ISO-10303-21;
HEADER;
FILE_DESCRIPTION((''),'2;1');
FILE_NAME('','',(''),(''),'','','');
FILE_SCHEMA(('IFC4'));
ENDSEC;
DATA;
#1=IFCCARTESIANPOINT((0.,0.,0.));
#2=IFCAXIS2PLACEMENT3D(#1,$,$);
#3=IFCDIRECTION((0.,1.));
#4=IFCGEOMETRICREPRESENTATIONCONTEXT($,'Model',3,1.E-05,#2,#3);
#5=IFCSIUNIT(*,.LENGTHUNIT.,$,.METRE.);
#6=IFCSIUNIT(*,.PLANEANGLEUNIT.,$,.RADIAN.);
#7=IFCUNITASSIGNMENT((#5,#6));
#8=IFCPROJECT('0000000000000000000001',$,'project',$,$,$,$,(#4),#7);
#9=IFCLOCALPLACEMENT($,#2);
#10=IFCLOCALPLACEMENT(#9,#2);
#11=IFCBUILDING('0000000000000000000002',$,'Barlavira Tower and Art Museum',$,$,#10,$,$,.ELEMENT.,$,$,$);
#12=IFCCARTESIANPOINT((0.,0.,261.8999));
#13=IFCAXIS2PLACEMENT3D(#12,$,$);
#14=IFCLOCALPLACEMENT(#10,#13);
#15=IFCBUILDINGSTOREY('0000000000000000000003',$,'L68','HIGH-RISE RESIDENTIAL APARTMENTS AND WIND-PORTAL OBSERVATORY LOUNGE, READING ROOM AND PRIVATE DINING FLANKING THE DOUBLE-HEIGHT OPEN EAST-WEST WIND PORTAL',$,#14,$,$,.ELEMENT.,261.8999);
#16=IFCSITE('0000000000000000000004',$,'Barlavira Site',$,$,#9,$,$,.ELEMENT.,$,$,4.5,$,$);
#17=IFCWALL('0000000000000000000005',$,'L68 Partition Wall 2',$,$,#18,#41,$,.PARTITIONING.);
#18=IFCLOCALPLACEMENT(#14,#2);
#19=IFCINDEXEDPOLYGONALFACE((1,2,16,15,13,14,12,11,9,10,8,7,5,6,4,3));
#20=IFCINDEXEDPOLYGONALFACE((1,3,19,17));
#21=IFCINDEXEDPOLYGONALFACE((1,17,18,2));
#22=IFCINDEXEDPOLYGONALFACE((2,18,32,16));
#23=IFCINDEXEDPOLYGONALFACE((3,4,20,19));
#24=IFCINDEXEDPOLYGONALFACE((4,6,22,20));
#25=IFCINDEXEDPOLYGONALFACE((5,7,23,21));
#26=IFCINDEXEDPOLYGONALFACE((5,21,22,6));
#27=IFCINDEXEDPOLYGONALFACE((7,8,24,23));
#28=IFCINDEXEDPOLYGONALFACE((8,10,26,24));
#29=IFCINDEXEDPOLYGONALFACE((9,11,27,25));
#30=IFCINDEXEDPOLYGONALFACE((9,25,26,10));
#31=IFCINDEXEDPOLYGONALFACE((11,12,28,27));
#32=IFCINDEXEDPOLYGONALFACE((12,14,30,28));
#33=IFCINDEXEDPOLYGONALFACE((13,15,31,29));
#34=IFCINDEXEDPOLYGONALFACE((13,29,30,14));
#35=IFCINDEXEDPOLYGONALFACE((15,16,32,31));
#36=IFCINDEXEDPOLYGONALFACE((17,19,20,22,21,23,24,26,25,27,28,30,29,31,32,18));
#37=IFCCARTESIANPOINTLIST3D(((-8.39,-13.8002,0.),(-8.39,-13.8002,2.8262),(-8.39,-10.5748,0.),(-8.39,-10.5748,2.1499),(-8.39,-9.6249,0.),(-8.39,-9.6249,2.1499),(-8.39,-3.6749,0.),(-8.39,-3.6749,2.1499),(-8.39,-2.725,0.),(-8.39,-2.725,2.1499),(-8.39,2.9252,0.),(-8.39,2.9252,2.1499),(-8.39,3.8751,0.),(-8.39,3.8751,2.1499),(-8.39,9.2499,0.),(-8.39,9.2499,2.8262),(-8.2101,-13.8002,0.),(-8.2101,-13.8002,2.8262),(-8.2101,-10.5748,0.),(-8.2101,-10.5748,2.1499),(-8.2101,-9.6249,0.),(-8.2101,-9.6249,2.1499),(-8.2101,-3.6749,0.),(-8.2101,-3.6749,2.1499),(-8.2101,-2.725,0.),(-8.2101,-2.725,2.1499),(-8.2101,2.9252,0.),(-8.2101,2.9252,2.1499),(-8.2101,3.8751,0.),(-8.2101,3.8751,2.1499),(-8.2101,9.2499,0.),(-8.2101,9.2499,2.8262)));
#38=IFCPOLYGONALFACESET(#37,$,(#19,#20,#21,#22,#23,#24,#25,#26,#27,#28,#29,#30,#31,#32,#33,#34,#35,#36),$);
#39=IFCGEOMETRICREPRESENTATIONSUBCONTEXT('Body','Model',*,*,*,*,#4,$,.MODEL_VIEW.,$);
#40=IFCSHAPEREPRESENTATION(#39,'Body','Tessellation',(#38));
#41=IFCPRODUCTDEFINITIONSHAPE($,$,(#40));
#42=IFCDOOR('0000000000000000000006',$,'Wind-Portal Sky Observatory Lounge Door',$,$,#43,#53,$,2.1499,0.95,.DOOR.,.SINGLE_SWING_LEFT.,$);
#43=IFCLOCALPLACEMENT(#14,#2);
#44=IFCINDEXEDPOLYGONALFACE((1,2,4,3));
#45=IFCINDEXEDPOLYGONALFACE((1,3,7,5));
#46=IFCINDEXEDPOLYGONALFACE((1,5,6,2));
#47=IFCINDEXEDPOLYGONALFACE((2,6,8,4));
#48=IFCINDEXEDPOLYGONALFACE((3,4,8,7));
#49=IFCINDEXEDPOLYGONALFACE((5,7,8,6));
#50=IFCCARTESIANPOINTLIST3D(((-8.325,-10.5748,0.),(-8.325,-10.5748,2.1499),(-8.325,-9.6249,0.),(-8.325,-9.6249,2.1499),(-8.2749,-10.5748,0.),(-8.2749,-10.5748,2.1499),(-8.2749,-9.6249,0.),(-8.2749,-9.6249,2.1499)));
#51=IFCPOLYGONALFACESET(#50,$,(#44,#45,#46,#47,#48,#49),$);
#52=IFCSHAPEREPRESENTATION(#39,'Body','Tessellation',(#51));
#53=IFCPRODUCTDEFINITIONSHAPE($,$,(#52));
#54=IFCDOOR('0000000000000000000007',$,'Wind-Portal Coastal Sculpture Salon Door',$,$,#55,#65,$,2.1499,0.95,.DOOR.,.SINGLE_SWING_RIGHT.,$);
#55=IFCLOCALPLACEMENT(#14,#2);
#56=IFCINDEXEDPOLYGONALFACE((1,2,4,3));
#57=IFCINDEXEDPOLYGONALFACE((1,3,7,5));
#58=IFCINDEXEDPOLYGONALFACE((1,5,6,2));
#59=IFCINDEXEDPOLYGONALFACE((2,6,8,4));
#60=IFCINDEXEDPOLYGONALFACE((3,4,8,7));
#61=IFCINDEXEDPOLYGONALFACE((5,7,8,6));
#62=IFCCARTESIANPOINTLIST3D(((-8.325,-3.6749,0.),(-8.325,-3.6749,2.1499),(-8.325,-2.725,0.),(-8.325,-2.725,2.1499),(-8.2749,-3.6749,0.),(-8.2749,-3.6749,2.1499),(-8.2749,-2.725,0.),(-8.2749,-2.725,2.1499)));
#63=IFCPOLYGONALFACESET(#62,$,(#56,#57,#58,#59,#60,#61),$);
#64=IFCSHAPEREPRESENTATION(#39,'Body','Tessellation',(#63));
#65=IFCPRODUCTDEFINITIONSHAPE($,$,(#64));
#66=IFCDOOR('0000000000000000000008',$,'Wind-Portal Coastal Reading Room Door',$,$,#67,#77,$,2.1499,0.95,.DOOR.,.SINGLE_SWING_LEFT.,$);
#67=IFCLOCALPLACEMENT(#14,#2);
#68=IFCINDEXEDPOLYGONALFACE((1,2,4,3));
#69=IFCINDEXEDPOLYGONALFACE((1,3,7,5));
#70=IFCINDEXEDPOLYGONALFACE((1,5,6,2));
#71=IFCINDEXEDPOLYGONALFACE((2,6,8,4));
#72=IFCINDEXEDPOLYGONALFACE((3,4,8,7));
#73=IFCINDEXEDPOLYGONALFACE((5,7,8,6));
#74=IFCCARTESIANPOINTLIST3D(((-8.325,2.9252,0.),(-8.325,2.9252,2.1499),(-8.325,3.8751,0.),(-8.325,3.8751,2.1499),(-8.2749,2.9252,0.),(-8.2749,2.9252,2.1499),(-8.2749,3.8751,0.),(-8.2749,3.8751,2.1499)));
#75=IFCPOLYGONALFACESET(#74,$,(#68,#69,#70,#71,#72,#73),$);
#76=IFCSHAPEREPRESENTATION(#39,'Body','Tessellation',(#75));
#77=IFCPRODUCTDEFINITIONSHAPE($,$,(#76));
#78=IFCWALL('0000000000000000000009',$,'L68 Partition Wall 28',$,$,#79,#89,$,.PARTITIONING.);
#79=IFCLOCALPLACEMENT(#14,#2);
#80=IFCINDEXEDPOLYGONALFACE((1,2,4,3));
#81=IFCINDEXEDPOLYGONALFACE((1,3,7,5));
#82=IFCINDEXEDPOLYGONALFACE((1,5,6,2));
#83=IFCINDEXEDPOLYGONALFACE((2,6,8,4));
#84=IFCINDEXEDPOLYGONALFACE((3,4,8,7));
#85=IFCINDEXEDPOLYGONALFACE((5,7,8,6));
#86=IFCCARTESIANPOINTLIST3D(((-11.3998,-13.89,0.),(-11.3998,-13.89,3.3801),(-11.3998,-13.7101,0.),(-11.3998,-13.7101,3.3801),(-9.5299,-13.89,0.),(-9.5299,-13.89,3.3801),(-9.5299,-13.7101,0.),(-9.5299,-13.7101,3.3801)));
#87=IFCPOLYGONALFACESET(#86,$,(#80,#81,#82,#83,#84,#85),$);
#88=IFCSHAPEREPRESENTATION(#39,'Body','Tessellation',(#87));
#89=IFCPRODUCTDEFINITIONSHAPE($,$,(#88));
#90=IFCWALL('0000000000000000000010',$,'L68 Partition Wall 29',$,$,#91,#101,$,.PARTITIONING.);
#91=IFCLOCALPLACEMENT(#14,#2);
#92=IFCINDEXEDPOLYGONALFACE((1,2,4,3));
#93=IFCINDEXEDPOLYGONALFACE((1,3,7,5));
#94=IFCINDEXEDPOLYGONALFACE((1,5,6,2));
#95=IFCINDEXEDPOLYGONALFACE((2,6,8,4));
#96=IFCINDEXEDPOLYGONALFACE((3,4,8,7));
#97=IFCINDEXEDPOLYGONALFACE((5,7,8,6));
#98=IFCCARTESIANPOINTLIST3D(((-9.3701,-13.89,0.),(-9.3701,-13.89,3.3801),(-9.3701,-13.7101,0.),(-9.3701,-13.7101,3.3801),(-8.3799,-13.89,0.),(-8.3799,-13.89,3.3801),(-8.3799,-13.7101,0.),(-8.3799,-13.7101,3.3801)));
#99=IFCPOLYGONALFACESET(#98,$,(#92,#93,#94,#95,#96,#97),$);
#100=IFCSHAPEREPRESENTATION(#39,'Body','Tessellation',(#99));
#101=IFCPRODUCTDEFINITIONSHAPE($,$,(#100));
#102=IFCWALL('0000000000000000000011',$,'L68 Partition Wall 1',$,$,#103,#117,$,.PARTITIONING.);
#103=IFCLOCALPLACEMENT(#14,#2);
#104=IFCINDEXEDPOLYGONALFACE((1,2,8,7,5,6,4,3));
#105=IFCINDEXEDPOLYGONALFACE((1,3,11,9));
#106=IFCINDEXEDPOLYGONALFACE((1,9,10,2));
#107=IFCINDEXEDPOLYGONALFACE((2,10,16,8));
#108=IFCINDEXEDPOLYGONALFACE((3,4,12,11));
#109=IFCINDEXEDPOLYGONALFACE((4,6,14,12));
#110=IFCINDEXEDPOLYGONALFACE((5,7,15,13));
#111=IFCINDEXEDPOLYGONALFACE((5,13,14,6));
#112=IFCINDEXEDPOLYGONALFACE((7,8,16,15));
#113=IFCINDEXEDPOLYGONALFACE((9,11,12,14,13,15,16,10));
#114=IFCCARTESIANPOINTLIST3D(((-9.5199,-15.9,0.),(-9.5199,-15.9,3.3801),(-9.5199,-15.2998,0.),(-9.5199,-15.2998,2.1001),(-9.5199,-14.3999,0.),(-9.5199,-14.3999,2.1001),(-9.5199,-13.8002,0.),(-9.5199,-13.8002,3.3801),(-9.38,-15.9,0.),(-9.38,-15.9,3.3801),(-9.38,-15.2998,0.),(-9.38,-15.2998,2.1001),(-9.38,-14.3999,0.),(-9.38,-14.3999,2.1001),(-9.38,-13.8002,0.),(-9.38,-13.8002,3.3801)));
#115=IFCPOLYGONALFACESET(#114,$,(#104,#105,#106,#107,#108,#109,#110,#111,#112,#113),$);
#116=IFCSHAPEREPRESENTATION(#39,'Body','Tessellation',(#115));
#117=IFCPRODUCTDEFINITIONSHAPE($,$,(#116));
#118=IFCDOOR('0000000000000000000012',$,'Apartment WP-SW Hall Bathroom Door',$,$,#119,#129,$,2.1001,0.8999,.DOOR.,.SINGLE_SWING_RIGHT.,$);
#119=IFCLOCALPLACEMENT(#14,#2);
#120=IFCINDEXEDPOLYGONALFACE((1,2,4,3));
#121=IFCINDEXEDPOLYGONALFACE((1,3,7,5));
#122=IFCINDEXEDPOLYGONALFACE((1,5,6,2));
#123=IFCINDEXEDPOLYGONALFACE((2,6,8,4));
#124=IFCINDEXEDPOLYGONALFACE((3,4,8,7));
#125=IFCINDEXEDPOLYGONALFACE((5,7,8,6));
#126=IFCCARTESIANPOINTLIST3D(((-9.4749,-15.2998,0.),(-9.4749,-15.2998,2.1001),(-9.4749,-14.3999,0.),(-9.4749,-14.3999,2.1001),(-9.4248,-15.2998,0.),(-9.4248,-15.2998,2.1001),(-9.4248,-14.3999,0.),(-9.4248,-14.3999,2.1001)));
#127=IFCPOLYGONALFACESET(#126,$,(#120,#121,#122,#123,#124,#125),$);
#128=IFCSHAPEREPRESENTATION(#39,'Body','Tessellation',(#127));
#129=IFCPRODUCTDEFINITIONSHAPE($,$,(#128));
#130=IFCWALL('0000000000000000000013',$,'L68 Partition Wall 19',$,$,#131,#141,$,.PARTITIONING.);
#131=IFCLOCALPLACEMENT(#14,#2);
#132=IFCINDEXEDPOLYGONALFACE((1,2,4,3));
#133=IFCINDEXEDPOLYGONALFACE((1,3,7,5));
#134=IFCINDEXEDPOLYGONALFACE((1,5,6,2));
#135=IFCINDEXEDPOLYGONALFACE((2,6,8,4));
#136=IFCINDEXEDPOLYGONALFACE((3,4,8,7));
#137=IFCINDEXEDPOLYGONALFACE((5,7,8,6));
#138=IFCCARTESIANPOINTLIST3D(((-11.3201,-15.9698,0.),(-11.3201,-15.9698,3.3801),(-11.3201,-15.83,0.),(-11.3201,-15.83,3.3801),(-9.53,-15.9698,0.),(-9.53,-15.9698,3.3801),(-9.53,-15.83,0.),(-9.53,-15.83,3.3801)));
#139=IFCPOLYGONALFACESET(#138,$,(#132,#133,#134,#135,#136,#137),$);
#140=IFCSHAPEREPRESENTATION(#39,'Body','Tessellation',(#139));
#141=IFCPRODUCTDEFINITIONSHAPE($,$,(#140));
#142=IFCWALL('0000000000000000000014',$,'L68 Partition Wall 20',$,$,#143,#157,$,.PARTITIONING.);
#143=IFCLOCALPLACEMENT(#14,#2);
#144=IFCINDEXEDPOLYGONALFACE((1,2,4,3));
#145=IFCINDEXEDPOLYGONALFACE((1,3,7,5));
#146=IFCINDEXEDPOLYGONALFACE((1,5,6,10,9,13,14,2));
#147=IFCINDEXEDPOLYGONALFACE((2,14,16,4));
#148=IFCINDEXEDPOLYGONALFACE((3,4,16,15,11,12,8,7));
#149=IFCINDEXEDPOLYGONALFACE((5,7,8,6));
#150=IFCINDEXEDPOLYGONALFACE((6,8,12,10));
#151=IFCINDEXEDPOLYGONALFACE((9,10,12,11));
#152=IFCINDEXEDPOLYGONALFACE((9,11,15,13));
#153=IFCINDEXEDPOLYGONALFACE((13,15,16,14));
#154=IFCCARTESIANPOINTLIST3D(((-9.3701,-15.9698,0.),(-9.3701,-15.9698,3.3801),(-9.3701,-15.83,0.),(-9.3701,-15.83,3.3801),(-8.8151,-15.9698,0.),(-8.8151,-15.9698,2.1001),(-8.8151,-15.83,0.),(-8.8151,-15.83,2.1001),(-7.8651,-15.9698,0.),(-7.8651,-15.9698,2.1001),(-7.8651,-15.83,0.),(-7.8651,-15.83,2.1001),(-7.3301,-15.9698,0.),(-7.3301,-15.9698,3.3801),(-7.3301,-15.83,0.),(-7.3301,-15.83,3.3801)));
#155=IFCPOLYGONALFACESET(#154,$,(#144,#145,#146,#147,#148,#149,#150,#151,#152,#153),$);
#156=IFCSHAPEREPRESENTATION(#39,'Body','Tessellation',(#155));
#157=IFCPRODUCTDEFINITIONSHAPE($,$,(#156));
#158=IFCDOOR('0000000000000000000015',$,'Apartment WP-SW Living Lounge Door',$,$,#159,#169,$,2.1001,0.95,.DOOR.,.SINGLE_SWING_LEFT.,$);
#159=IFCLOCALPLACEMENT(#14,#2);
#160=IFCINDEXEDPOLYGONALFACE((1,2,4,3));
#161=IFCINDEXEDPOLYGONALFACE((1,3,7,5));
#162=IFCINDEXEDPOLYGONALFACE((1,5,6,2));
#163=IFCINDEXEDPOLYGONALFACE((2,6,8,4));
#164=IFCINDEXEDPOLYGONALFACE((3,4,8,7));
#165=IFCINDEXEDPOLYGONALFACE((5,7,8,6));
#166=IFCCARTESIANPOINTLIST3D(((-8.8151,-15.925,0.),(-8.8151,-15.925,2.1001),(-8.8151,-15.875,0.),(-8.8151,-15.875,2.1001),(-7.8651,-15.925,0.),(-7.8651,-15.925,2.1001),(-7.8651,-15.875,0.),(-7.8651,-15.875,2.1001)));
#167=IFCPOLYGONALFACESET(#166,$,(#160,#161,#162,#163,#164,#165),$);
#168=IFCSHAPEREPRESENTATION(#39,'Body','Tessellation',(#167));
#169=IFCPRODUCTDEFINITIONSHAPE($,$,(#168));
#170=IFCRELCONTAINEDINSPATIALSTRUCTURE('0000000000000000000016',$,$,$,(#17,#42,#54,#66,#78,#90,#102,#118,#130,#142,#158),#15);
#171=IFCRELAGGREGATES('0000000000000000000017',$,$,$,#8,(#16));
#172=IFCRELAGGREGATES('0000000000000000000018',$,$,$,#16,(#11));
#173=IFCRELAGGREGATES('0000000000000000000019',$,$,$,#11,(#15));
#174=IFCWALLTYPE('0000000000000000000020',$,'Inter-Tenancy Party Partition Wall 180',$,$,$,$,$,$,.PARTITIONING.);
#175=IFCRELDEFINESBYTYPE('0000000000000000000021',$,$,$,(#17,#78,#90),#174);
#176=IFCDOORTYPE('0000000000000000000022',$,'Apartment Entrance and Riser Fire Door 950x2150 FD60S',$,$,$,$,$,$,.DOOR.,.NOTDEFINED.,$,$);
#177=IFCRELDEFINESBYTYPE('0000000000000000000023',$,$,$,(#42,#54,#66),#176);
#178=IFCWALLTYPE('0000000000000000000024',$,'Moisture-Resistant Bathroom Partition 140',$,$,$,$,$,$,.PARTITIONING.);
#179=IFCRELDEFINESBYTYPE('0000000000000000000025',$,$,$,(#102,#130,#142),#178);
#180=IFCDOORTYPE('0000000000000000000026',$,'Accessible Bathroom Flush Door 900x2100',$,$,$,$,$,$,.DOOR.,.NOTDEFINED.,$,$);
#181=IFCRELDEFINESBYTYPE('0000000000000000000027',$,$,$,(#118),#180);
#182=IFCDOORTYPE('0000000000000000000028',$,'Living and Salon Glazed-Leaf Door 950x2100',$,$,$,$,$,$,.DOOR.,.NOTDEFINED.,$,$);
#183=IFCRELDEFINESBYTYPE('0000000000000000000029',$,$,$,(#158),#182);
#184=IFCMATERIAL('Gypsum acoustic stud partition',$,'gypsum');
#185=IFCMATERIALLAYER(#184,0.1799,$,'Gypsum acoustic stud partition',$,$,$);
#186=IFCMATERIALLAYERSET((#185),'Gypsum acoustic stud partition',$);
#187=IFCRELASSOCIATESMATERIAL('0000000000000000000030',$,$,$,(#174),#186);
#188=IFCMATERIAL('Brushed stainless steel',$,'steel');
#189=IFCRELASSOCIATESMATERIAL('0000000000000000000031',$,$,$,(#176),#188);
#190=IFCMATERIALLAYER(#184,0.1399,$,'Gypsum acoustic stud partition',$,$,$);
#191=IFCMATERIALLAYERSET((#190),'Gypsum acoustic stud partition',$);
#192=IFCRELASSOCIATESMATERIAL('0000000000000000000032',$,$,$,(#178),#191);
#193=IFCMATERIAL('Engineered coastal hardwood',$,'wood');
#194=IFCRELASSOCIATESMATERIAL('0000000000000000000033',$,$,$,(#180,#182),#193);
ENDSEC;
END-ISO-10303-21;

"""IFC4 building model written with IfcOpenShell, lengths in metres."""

from ifc_helpers import new_model, si_unit, direction, frame, frame_2d, origin, place, context, subcontext, project, spatial, rectangle, extrude, material, layer, layer_set, type_object, element, fill, save


model = new_model("IFC4")

# Units and contexts
model_context = context("Model", 3, precision=1e-05, world=origin(), true_north=direction((0.0, 1.0)))
body_context = subcontext(model_context, "Body", "Model", "MODEL_VIEW")
ifc_project = project(units=[si_unit("LENGTHUNIT", "METRE"), si_unit("PLANEANGLEUNIT", "RADIAN")], contexts=[model_context])

# Site, building, storey
site_placement = place(None, origin())
site = spatial("IfcSite", under=ifc_project, at=site_placement, Name="Barlavira Site", CompositionType="ELEMENT", RefElevation=4.5)
building_placement = place(site_placement, origin())
building = spatial("IfcBuilding", under=site, at=building_placement, Name="Barlavira Tower and Art Museum", CompositionType="ELEMENT")
storey_placement = place(building_placement, frame((0.0, 0.0, 261.8999)))
storey = spatial("IfcBuildingStorey", under=building, at=storey_placement, Name="L68", Description="HIGH-RISE RESIDENTIAL APARTMENTS AND WIND-PORTAL OBSERVATORY LOUNGE, READING ROOM AND PRIVATE DINING FLANKING THE DOUBLE-HEIGHT OPEN EAST-WEST WIND PORTAL", CompositionType="ELEMENT", Elevation=261.8999)

# Wall, openings, doors
ifc_material_1 = material(Name="Gypsum acoustic stud partition", Category="gypsum")
ifc_layer_1 = layer(ifc_material_1, 0.1799, Name="Gypsum acoustic stud partition")
ifc_layer_set_1 = layer_set([ifc_layer_1], Name="Gypsum acoustic stud partition")
wall_type_1 = type_object("IfcWallType", Name="Inter-Tenancy Party Partition Wall 180", PredefinedType="PARTITIONING", material=ifc_layer_set_1)
wall_1_placement = place(storey_placement, frame((-8.3, -13.8, 0.0), z_axis=(0.0, 0.0, 1.0), x_axis=(0.0, 1.0, 0.0)))
wall_1 = element("IfcWall", 1, at=wall_1_placement, inside=storey, type_object=wall_type_1, Name="L68 Partition Wall 2", PredefinedType="PARTITIONING", context=body_context, shape_type="SweptSolid", body=[
    extrude(rectangle(XDim=23.05, YDim=0.1799, at=frame_2d((11.5249, 0.0))), origin(), (0.0, 0.0, 1.0), 2.8262),
])
opening_1_placement = place(wall_1_placement, frame((3.2251, 0.0, 0.0)))
opening_1 = element("IfcOpeningElement", 2, at=opening_1_placement, cuts=wall_1, PredefinedType="OPENING", context=body_context, shape_type="SweptSolid", body=[
    extrude(rectangle(XDim=0.95, YDim=2.1499, at=frame_2d((0.4751, 1.075))), frame((0.0, 0.1001, 0.0), z_axis=(0.0, -1.0, 0.0), x_axis=(1.0, 0.0, 0.0)), (0.0, 0.0, 1.0), 0.2),
])
opening_2_placement = place(wall_1_placement, frame((10.125, 0.0, 0.0)))
opening_2 = element("IfcOpeningElement", 3, at=opening_2_placement, cuts=wall_1, PredefinedType="OPENING", context=body_context, shape_type="SweptSolid", body=[
    extrude(rectangle(XDim=0.95, YDim=2.1499, at=frame_2d((0.4751, 1.075))), frame((0.0, 0.1001, 0.0), z_axis=(0.0, -1.0, 0.0), x_axis=(1.0, 0.0, 0.0)), (0.0, 0.0, 1.0), 0.2),
])
opening_3_placement = place(wall_1_placement, frame((16.7251, 0.0, 0.0)))
opening_3 = element("IfcOpeningElement", 4, at=opening_3_placement, cuts=wall_1, PredefinedType="OPENING", context=body_context, shape_type="SweptSolid", body=[
    extrude(rectangle(XDim=0.95, YDim=2.1499, at=frame_2d((0.4751, 1.075))), frame((0.0, 0.1001, 0.0), z_axis=(0.0, -1.0, 0.0), x_axis=(1.0, 0.0, 0.0)), (0.0, 0.0, 1.0), 0.2),
])
ifc_material_2 = material(Name="Brushed stainless steel", Category="steel")
door_type_1 = type_object("IfcDoorType", Name="Apartment Entrance and Riser Fire Door 950x2150 FD60S", OperationType="NOTDEFINED", PredefinedType="DOOR", material=ifc_material_2)
door_1_placement = place(opening_1_placement, origin())
door_1 = element("IfcDoor", 5, at=door_1_placement, inside=storey, type_object=door_type_1, Name="Wind-Portal Sky Observatory Lounge Door", OperationType="SINGLE_SWING_LEFT", OverallHeight=2.1499, OverallWidth=0.95, PredefinedType="DOOR", context=body_context, shape_type="SweptSolid", body=[
    extrude(rectangle(XDim=0.95, YDim=2.1499, at=frame_2d((0.4751, 1.075))), frame((0.0, 0.0249, 0.0), z_axis=(0.0, -1.0, 0.0), x_axis=(1.0, 0.0, 0.0)), (0.0, 0.0, 1.0), 0.05),
])
fill(opening_1, door_1)
door_2_placement = place(opening_2_placement, origin())
door_2 = element("IfcDoor", 6, at=door_2_placement, inside=storey, type_object=door_type_1, Name="Wind-Portal Coastal Sculpture Salon Door", OperationType="SINGLE_SWING_RIGHT", OverallHeight=2.1499, OverallWidth=0.95, PredefinedType="DOOR", context=body_context, shape_type="SweptSolid", body=[
    extrude(rectangle(XDim=0.95, YDim=2.1499, at=frame_2d((0.4751, 1.075))), frame((0.0, 0.0249, 0.0), z_axis=(0.0, -1.0, 0.0), x_axis=(1.0, 0.0, 0.0)), (0.0, 0.0, 1.0), 0.05),
])
fill(opening_2, door_2)
door_3_placement = place(opening_3_placement, origin())
door_3 = element("IfcDoor", 7, at=door_3_placement, inside=storey, type_object=door_type_1, Name="Wind-Portal Coastal Reading Room Door", OperationType="SINGLE_SWING_LEFT", OverallHeight=2.1499, OverallWidth=0.95, PredefinedType="DOOR", context=body_context, shape_type="SweptSolid", body=[
    extrude(rectangle(XDim=0.95, YDim=2.1499, at=frame_2d((0.4751, 1.075))), frame((0.0, 0.0249, 0.0), z_axis=(0.0, -1.0, 0.0), x_axis=(1.0, 0.0, 0.0)), (0.0, 0.0, 1.0), 0.05),
])
fill(opening_3, door_3)

# Walls
wall_2_placement = place(storey_placement, frame((-11.3999, -13.8, 0.0), z_axis=(0.0, 0.0, 1.0), x_axis=(1.0, 0.0, 0.0)))
element("IfcWall", 8, at=wall_2_placement, inside=storey, type_object=wall_type_1, Name="L68 Partition Wall 28", PredefinedType="PARTITIONING", context=body_context, shape_type="SweptSolid", body=[
    extrude(rectangle(XDim=1.8699, YDim=0.1799, at=frame_2d((0.9351, 0.0))), origin(), (0.0, 0.0, 1.0), 3.3801),
])
wall_3_placement = place(storey_placement, frame((-9.3701, -13.8, 0.0), z_axis=(0.0, 0.0, 1.0), x_axis=(1.0, 0.0, 0.0)))
element("IfcWall", 9, at=wall_3_placement, inside=storey, type_object=wall_type_1, Name="L68 Partition Wall 29", PredefinedType="PARTITIONING", context=body_context, shape_type="SweptSolid", body=[
    extrude(rectangle(XDim=0.9902, YDim=0.1799, at=frame_2d((0.4951, 0.0))), origin(), (0.0, 0.0, 1.0), 3.3801),
])

# Wall, opening, door
ifc_layer_2 = layer(ifc_material_1, 0.1399, Name="Gypsum acoustic stud partition")
ifc_layer_set_2 = layer_set([ifc_layer_2], Name="Gypsum acoustic stud partition")
wall_type_2 = type_object("IfcWallType", Name="Moisture-Resistant Bathroom Partition 140", PredefinedType="PARTITIONING", material=ifc_layer_set_2)
wall_4_placement = place(storey_placement, frame((-9.45, -15.8999, 0.0), z_axis=(0.0, 0.0, 1.0), x_axis=(0.0, 1.0, 0.0)))
wall_4 = element("IfcWall", 10, at=wall_4_placement, inside=storey, type_object=wall_type_2, Name="L68 Partition Wall 1", PredefinedType="PARTITIONING", context=body_context, shape_type="SweptSolid", body=[
    extrude(rectangle(XDim=2.0999, YDim=0.1399, at=frame_2d((1.0498, 0.0))), origin(), (0.0, 0.0, 1.0), 3.3801),
])
opening_4_placement = place(wall_4_placement, frame((0.6001, 0.0, 0.0)))
opening_4 = element("IfcOpeningElement", 11, at=opening_4_placement, cuts=wall_4, PredefinedType="OPENING", context=body_context, shape_type="SweptSolid", body=[
    extrude(rectangle(XDim=0.8999, YDim=2.1001, at=frame_2d((0.45, 1.05))), frame((0.0, 0.0801, 0.0), z_axis=(0.0, -1.0, 0.0), x_axis=(1.0, 0.0, 0.0)), (0.0, 0.0, 1.0), 0.1599),
])
ifc_material_3 = material(Name="Engineered coastal hardwood", Category="wood")
door_type_2 = type_object("IfcDoorType", Name="Accessible Bathroom Flush Door 900x2100", OperationType="NOTDEFINED", PredefinedType="DOOR", material=ifc_material_3)
door_4_placement = place(opening_4_placement, origin())
door_4 = element("IfcDoor", 12, at=door_4_placement, inside=storey, type_object=door_type_2, Name="Apartment WP-SW Hall Bathroom Door", OperationType="SINGLE_SWING_RIGHT", OverallHeight=2.1001, OverallWidth=0.8999, PredefinedType="DOOR", context=body_context, shape_type="SweptSolid", body=[
    extrude(rectangle(XDim=0.8999, YDim=2.1001, at=frame_2d((0.45, 1.05))), frame((0.0, 0.0249, 0.0), z_axis=(0.0, -1.0, 0.0), x_axis=(1.0, 0.0, 0.0)), (0.0, 0.0, 1.0), 0.05),
])
fill(opening_4, door_4)

# Wall
wall_5_placement = place(storey_placement, frame((-11.3201, -15.8999, 0.0), z_axis=(0.0, 0.0, 1.0), x_axis=(1.0, 0.0, 0.0)))
element("IfcWall", 13, at=wall_5_placement, inside=storey, type_object=wall_type_2, Name="L68 Partition Wall 19", PredefinedType="PARTITIONING", context=body_context, shape_type="SweptSolid", body=[
    extrude(rectangle(XDim=1.79, YDim=0.1399, at=frame_2d((0.895, 0.0))), origin(), (0.0, 0.0, 1.0), 3.3801),
])

# Wall, opening, door
wall_6_placement = place(storey_placement, frame((-9.3701, -15.8999, 0.0), z_axis=(0.0, 0.0, 1.0), x_axis=(1.0, 0.0, 0.0)))
wall_6 = element("IfcWall", 14, at=wall_6_placement, inside=storey, type_object=wall_type_2, Name="L68 Partition Wall 20", PredefinedType="PARTITIONING", context=body_context, shape_type="SweptSolid", body=[
    extrude(rectangle(XDim=2.04, YDim=0.1399, at=frame_2d((1.02, 0.0))), origin(), (0.0, 0.0, 1.0), 3.3801),
])
opening_5_placement = place(wall_6_placement, frame((0.5549, 0.0, 0.0)))
opening_5 = element("IfcOpeningElement", 15, at=opening_5_placement, cuts=wall_6, PredefinedType="OPENING", context=body_context, shape_type="SweptSolid", body=[
    extrude(rectangle(XDim=0.95, YDim=2.1001, at=frame_2d((0.4751, 1.05))), frame((0.0, 0.0801, 0.0), z_axis=(0.0, -1.0, 0.0), x_axis=(1.0, 0.0, 0.0)), (0.0, 0.0, 1.0), 0.1599),
])
door_type_3 = type_object("IfcDoorType", Name="Living and Salon Glazed-Leaf Door 950x2100", OperationType="NOTDEFINED", PredefinedType="DOOR", material=ifc_material_3)
door_5_placement = place(opening_5_placement, origin())
door_5 = element("IfcDoor", 16, at=door_5_placement, inside=storey, type_object=door_type_3, Name="Apartment WP-SW Living Lounge Door", OperationType="SINGLE_SWING_LEFT", OverallHeight=2.1001, OverallWidth=0.95, PredefinedType="DOOR", context=body_context, shape_type="SweptSolid", body=[
    extrude(rectangle(XDim=0.95, YDim=2.1001, at=frame_2d((0.4751, 1.05))), frame((0.0, 0.0249, 0.0), z_axis=(0.0, -1.0, 0.0), x_axis=(1.0, 0.0, 0.0)), (0.0, 0.0, 1.0), 0.05),
])
fill(opening_5, door_5)

save(model, "model.ifc")
